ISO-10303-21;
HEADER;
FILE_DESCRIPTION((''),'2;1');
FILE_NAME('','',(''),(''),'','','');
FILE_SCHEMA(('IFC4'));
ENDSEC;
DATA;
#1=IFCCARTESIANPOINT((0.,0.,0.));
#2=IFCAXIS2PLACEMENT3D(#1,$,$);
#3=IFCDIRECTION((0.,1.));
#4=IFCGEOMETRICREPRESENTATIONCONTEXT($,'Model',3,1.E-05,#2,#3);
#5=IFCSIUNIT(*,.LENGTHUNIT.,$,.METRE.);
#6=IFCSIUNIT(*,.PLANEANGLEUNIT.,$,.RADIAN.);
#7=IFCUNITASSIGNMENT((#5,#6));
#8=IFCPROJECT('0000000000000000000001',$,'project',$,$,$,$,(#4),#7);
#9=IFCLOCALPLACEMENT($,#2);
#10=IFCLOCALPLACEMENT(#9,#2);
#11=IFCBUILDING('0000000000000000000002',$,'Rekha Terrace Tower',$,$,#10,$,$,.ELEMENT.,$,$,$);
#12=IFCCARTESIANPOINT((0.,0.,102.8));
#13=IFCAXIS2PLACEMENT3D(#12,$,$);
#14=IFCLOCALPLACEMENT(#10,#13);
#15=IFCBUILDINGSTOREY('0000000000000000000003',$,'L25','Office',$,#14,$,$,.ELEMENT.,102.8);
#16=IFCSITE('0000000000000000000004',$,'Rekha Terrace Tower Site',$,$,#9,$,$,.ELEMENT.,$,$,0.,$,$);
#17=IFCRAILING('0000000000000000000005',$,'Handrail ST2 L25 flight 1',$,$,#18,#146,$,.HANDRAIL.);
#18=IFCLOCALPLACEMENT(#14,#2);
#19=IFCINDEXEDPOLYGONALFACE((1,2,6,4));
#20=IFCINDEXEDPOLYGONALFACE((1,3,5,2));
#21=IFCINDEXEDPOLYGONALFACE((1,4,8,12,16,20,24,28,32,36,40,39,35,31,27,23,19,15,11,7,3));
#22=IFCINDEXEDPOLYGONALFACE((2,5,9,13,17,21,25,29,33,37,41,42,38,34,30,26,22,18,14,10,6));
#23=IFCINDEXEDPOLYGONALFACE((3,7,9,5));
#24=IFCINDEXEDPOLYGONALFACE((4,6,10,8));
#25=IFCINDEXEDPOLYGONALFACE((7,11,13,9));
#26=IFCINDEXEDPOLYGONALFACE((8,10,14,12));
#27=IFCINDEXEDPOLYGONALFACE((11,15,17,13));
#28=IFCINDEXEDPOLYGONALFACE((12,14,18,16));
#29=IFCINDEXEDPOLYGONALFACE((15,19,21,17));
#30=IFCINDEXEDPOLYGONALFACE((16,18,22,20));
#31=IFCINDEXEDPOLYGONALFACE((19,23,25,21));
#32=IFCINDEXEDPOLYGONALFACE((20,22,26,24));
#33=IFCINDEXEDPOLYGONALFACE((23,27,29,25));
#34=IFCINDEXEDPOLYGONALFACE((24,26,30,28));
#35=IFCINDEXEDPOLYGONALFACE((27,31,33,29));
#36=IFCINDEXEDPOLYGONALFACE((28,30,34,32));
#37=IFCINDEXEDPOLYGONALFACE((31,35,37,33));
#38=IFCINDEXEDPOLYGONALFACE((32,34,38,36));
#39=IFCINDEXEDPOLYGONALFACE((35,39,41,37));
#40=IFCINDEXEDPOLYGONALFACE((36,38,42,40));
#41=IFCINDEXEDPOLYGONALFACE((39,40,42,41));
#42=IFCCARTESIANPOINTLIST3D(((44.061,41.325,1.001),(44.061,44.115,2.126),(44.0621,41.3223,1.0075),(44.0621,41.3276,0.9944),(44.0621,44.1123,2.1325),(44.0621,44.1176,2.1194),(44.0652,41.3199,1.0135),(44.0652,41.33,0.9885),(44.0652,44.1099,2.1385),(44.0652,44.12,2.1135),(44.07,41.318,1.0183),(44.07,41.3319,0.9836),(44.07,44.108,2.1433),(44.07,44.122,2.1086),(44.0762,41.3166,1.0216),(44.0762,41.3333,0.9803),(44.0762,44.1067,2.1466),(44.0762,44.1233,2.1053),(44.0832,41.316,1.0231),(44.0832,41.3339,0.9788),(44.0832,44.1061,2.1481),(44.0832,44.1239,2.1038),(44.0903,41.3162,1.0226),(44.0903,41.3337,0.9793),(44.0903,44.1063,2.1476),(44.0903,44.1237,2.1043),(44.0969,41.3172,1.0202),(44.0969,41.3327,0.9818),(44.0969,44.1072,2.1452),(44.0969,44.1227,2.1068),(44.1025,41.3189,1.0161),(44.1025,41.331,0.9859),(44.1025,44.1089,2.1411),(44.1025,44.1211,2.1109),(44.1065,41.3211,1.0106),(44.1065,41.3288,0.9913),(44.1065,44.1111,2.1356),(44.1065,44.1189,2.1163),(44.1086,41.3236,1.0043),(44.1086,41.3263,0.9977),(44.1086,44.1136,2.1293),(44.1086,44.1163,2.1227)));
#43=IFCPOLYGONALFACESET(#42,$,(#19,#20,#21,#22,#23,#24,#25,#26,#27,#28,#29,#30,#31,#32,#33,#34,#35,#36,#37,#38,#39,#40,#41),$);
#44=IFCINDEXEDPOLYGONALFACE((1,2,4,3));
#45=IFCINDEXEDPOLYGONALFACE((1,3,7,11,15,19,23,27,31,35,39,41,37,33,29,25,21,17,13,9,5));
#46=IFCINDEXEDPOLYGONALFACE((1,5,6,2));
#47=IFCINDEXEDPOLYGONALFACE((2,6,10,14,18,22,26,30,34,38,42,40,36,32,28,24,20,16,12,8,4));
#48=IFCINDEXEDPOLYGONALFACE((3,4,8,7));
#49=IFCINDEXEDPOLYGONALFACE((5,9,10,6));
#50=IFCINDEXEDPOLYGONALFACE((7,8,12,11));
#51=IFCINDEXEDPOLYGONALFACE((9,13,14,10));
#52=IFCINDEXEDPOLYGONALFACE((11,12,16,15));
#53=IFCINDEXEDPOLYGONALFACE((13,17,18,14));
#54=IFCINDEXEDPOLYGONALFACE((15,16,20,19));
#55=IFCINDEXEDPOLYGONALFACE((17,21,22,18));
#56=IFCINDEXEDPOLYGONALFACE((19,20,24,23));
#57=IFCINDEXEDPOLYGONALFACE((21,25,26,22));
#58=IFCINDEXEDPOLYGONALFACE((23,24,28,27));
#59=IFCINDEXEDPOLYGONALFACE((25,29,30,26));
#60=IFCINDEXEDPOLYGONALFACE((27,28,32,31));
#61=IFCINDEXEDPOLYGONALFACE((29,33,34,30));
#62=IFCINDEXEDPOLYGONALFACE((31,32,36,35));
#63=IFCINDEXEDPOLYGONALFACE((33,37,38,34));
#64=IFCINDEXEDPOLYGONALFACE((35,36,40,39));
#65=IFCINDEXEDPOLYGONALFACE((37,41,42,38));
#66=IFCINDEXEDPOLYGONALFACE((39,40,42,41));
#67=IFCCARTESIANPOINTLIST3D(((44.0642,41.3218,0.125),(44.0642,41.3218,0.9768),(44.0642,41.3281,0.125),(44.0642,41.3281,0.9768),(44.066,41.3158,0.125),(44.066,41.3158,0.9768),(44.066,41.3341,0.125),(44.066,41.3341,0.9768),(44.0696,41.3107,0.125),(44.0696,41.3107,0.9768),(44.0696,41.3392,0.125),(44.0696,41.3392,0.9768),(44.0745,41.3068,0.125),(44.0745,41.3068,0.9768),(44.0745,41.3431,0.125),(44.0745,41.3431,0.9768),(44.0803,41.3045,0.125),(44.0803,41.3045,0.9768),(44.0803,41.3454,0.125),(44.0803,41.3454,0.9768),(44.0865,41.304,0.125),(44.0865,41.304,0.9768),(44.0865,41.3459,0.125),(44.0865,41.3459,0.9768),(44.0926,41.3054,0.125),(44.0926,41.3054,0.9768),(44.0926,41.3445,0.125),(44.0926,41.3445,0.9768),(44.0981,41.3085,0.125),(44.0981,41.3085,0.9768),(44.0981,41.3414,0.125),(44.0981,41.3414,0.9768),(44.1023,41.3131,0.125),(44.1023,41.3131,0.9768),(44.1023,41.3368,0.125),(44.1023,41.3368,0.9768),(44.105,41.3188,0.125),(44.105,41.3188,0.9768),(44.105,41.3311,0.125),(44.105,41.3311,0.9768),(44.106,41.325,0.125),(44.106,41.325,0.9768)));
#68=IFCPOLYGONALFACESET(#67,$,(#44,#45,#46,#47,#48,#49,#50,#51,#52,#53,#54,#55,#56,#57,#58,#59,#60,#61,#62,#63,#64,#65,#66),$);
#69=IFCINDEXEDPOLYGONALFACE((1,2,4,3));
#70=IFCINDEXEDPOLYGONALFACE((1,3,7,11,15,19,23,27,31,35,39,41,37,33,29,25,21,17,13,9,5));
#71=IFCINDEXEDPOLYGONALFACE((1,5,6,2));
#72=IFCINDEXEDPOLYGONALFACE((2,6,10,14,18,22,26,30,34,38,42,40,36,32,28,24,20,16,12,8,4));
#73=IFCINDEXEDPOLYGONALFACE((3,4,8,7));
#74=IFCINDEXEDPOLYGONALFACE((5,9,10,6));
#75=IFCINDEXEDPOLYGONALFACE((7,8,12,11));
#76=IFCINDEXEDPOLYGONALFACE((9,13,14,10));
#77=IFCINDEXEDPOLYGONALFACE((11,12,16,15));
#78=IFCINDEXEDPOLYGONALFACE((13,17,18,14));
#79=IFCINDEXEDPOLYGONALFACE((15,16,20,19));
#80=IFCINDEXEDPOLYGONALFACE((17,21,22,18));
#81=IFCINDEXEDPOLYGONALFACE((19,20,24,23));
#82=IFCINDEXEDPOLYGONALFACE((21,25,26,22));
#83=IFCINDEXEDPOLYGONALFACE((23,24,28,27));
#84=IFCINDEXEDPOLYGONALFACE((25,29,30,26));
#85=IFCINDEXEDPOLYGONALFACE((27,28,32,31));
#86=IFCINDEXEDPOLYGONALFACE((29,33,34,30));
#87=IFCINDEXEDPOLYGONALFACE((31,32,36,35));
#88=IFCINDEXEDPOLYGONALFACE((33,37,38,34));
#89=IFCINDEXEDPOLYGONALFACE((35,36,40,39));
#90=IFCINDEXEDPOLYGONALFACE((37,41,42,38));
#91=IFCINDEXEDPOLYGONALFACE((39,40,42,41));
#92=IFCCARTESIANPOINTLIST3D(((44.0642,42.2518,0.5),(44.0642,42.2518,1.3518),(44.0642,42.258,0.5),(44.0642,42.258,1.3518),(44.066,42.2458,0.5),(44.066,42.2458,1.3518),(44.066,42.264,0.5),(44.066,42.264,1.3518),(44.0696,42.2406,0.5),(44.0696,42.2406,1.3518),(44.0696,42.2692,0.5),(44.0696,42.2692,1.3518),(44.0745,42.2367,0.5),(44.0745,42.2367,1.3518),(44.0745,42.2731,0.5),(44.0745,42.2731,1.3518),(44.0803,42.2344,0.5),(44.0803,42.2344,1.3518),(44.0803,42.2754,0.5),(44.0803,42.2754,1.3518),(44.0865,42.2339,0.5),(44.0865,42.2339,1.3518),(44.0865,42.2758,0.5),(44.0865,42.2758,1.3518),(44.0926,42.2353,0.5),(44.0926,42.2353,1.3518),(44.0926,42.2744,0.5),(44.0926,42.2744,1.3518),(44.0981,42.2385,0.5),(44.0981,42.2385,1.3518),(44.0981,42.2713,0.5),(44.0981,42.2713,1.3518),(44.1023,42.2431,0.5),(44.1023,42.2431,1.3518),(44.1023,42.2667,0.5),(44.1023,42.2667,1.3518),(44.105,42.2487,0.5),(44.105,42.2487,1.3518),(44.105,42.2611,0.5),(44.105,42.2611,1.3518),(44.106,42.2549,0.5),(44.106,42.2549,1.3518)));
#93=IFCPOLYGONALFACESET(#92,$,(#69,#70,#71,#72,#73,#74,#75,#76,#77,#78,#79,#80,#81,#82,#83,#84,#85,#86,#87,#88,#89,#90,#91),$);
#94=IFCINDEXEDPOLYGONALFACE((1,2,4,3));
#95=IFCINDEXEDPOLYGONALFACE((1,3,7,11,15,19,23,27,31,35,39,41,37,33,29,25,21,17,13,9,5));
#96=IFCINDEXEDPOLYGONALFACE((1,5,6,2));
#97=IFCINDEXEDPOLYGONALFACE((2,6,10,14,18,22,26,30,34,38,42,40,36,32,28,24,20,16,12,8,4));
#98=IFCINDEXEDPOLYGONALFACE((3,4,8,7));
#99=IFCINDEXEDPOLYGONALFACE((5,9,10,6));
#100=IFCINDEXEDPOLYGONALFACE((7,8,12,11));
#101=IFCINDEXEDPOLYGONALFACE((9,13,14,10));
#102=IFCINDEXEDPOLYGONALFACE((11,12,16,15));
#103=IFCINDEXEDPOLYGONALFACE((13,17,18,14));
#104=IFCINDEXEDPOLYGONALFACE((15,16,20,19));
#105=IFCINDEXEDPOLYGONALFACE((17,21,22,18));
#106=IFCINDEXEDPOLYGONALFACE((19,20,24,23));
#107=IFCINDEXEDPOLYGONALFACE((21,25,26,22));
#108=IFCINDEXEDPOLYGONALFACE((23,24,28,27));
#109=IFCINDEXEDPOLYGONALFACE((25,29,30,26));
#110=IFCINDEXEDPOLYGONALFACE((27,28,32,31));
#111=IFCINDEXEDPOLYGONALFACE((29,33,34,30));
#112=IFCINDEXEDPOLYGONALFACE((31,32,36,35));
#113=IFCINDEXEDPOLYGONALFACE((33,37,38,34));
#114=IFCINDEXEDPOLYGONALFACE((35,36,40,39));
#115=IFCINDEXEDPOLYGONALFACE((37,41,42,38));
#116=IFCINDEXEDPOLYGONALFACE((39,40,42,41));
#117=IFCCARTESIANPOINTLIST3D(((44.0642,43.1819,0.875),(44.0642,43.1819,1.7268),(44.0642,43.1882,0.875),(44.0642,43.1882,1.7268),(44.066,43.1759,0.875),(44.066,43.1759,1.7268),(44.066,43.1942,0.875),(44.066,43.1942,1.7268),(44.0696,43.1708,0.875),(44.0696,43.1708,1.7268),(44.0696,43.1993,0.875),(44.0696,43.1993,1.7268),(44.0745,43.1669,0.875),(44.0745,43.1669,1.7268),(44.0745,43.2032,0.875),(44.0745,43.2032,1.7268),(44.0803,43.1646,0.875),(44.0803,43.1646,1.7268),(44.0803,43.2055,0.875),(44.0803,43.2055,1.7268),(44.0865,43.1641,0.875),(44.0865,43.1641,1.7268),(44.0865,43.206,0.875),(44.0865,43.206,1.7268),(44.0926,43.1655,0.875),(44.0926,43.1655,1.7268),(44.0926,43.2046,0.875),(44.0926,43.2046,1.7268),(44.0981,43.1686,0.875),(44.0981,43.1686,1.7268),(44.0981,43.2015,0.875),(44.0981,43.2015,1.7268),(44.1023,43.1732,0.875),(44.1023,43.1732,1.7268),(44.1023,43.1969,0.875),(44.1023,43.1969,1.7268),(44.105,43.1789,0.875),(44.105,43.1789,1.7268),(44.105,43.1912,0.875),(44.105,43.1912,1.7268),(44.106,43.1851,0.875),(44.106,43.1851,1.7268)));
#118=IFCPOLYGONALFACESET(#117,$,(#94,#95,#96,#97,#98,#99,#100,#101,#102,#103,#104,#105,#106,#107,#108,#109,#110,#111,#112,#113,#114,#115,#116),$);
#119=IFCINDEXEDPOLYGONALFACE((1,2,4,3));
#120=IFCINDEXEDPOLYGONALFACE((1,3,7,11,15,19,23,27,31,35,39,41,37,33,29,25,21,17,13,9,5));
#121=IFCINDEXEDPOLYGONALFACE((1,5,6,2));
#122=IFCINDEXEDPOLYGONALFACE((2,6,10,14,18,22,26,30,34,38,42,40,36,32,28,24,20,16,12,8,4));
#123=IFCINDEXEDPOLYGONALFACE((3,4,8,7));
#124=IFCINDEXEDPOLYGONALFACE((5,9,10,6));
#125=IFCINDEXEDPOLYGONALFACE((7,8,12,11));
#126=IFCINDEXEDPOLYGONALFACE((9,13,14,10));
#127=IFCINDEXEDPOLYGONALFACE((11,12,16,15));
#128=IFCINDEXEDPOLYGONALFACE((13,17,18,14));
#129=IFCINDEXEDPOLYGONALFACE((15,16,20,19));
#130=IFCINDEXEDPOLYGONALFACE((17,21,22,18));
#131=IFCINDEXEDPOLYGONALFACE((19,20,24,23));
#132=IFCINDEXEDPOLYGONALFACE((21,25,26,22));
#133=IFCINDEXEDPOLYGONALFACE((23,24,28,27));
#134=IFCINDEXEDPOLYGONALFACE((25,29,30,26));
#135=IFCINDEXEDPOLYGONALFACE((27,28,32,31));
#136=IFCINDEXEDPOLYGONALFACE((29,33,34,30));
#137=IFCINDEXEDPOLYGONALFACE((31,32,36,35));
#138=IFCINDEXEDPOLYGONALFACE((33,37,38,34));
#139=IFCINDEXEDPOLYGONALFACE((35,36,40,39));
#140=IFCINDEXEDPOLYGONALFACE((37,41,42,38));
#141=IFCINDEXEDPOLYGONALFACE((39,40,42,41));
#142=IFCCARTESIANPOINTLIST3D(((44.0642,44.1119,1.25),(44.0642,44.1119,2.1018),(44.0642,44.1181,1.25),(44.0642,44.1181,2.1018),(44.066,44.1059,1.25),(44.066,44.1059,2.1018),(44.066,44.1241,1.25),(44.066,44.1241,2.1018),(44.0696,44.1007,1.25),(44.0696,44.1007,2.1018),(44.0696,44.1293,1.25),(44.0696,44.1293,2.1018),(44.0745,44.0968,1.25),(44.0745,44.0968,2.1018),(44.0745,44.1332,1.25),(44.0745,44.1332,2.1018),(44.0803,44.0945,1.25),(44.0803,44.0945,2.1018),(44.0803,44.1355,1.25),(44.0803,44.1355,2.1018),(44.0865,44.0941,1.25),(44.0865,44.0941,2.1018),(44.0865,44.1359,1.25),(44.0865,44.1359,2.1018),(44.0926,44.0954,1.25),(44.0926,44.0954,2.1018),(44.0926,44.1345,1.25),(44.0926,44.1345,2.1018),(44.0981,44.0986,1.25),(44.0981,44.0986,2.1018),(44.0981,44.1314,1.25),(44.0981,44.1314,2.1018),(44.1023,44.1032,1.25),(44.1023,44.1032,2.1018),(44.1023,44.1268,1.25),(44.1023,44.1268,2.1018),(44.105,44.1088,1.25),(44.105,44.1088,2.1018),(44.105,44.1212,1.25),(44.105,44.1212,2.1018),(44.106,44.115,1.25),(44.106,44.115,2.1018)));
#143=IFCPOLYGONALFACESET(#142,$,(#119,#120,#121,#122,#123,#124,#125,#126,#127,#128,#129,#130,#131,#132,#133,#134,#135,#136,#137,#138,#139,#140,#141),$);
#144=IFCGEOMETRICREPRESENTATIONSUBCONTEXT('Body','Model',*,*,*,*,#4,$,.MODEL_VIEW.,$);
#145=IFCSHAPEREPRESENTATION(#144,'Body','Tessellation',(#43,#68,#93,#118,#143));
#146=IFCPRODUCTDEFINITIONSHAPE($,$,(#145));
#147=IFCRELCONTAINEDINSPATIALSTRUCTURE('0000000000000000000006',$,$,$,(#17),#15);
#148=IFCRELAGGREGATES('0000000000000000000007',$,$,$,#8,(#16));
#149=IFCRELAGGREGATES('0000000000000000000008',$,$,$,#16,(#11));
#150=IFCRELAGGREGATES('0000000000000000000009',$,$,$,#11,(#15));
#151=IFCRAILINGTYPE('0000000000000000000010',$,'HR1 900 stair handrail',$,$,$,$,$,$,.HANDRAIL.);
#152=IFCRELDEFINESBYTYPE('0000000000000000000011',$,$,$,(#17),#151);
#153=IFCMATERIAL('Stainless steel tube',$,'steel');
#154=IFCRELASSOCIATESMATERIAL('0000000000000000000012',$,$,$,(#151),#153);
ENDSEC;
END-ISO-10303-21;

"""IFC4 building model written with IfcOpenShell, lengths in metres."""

from ifc_helpers import new_model, si_unit, direction, frame, origin, origin_2d, place, context, subcontext, project, spatial, circle, extrude, material, type_object, element, save


model = new_model("IFC4")

# Units and contexts
model_context = context("Model", 3, precision=1e-05, world=origin(), true_north=direction((0.0, 1.0)))
body_context = subcontext(model_context, "Body", "Model", "MODEL_VIEW")
ifc_project = project(units=[si_unit("LENGTHUNIT", "METRE"), si_unit("PLANEANGLEUNIT", "RADIAN")], contexts=[model_context])

# Site, building, storey
site_placement = place(None, origin())
site = spatial("IfcSite", under=ifc_project, at=site_placement, Name="Rekha Terrace Tower Site", CompositionType="ELEMENT", RefElevation=0.0)
building_placement = place(site_placement, origin())
building = spatial("IfcBuilding", under=site, at=building_placement, Name="Rekha Terrace Tower", CompositionType="ELEMENT")
storey_placement = place(building_placement, frame((0.0, 0.0, 102.8)))
storey = spatial("IfcBuildingStorey", under=building, at=storey_placement, Name="L25", Description="Office", CompositionType="ELEMENT", Elevation=102.8)

# Railing
ifc_material_1 = material(Name="Stainless steel tube", Category="steel")
railing_type_1 = type_object("IfcRailingType", Name="HR1 900 stair handrail", PredefinedType="HANDRAIL", material=ifc_material_1)
railing_1_placement = place(storey_placement, frame((44.085, 41.325, 0.125)))
element("IfcRailing", 1, at=railing_1_placement, inside=storey, type_object=railing_type_1, Name="Handrail ST2 L25 flight 1", PredefinedType="HANDRAIL", context=body_context, shape_type="SweptSolid", body=[
    extrude(circle(Radius=0.0239, at=origin_2d()), frame((0.0, 0.0, 0.876), z_axis=(0.0, 0.927443, 0.373964), x_axis=(-1.0, 0.0, 0.0)), (0.0, 0.0, 1.0), 3.0083),
    extrude(circle(Radius=0.021, at=origin_2d()), origin(), (0.0, 0.0, 1.0), 0.8518),
    extrude(circle(Radius=0.021, at=origin_2d()), frame((0.0, 0.9299, 0.375)), (0.0, 0.0, 1.0), 0.8518),
    extrude(circle(Radius=0.021, at=origin_2d()), frame((0.0, 1.8601, 0.75)), (0.0, 0.0, 1.0), 0.8518),
    extrude(circle(Radius=0.021, at=origin_2d()), frame((0.0, 2.79, 1.125)), (0.0, 0.0, 1.0), 0.8518),
])

save(model, "model.ifc")
